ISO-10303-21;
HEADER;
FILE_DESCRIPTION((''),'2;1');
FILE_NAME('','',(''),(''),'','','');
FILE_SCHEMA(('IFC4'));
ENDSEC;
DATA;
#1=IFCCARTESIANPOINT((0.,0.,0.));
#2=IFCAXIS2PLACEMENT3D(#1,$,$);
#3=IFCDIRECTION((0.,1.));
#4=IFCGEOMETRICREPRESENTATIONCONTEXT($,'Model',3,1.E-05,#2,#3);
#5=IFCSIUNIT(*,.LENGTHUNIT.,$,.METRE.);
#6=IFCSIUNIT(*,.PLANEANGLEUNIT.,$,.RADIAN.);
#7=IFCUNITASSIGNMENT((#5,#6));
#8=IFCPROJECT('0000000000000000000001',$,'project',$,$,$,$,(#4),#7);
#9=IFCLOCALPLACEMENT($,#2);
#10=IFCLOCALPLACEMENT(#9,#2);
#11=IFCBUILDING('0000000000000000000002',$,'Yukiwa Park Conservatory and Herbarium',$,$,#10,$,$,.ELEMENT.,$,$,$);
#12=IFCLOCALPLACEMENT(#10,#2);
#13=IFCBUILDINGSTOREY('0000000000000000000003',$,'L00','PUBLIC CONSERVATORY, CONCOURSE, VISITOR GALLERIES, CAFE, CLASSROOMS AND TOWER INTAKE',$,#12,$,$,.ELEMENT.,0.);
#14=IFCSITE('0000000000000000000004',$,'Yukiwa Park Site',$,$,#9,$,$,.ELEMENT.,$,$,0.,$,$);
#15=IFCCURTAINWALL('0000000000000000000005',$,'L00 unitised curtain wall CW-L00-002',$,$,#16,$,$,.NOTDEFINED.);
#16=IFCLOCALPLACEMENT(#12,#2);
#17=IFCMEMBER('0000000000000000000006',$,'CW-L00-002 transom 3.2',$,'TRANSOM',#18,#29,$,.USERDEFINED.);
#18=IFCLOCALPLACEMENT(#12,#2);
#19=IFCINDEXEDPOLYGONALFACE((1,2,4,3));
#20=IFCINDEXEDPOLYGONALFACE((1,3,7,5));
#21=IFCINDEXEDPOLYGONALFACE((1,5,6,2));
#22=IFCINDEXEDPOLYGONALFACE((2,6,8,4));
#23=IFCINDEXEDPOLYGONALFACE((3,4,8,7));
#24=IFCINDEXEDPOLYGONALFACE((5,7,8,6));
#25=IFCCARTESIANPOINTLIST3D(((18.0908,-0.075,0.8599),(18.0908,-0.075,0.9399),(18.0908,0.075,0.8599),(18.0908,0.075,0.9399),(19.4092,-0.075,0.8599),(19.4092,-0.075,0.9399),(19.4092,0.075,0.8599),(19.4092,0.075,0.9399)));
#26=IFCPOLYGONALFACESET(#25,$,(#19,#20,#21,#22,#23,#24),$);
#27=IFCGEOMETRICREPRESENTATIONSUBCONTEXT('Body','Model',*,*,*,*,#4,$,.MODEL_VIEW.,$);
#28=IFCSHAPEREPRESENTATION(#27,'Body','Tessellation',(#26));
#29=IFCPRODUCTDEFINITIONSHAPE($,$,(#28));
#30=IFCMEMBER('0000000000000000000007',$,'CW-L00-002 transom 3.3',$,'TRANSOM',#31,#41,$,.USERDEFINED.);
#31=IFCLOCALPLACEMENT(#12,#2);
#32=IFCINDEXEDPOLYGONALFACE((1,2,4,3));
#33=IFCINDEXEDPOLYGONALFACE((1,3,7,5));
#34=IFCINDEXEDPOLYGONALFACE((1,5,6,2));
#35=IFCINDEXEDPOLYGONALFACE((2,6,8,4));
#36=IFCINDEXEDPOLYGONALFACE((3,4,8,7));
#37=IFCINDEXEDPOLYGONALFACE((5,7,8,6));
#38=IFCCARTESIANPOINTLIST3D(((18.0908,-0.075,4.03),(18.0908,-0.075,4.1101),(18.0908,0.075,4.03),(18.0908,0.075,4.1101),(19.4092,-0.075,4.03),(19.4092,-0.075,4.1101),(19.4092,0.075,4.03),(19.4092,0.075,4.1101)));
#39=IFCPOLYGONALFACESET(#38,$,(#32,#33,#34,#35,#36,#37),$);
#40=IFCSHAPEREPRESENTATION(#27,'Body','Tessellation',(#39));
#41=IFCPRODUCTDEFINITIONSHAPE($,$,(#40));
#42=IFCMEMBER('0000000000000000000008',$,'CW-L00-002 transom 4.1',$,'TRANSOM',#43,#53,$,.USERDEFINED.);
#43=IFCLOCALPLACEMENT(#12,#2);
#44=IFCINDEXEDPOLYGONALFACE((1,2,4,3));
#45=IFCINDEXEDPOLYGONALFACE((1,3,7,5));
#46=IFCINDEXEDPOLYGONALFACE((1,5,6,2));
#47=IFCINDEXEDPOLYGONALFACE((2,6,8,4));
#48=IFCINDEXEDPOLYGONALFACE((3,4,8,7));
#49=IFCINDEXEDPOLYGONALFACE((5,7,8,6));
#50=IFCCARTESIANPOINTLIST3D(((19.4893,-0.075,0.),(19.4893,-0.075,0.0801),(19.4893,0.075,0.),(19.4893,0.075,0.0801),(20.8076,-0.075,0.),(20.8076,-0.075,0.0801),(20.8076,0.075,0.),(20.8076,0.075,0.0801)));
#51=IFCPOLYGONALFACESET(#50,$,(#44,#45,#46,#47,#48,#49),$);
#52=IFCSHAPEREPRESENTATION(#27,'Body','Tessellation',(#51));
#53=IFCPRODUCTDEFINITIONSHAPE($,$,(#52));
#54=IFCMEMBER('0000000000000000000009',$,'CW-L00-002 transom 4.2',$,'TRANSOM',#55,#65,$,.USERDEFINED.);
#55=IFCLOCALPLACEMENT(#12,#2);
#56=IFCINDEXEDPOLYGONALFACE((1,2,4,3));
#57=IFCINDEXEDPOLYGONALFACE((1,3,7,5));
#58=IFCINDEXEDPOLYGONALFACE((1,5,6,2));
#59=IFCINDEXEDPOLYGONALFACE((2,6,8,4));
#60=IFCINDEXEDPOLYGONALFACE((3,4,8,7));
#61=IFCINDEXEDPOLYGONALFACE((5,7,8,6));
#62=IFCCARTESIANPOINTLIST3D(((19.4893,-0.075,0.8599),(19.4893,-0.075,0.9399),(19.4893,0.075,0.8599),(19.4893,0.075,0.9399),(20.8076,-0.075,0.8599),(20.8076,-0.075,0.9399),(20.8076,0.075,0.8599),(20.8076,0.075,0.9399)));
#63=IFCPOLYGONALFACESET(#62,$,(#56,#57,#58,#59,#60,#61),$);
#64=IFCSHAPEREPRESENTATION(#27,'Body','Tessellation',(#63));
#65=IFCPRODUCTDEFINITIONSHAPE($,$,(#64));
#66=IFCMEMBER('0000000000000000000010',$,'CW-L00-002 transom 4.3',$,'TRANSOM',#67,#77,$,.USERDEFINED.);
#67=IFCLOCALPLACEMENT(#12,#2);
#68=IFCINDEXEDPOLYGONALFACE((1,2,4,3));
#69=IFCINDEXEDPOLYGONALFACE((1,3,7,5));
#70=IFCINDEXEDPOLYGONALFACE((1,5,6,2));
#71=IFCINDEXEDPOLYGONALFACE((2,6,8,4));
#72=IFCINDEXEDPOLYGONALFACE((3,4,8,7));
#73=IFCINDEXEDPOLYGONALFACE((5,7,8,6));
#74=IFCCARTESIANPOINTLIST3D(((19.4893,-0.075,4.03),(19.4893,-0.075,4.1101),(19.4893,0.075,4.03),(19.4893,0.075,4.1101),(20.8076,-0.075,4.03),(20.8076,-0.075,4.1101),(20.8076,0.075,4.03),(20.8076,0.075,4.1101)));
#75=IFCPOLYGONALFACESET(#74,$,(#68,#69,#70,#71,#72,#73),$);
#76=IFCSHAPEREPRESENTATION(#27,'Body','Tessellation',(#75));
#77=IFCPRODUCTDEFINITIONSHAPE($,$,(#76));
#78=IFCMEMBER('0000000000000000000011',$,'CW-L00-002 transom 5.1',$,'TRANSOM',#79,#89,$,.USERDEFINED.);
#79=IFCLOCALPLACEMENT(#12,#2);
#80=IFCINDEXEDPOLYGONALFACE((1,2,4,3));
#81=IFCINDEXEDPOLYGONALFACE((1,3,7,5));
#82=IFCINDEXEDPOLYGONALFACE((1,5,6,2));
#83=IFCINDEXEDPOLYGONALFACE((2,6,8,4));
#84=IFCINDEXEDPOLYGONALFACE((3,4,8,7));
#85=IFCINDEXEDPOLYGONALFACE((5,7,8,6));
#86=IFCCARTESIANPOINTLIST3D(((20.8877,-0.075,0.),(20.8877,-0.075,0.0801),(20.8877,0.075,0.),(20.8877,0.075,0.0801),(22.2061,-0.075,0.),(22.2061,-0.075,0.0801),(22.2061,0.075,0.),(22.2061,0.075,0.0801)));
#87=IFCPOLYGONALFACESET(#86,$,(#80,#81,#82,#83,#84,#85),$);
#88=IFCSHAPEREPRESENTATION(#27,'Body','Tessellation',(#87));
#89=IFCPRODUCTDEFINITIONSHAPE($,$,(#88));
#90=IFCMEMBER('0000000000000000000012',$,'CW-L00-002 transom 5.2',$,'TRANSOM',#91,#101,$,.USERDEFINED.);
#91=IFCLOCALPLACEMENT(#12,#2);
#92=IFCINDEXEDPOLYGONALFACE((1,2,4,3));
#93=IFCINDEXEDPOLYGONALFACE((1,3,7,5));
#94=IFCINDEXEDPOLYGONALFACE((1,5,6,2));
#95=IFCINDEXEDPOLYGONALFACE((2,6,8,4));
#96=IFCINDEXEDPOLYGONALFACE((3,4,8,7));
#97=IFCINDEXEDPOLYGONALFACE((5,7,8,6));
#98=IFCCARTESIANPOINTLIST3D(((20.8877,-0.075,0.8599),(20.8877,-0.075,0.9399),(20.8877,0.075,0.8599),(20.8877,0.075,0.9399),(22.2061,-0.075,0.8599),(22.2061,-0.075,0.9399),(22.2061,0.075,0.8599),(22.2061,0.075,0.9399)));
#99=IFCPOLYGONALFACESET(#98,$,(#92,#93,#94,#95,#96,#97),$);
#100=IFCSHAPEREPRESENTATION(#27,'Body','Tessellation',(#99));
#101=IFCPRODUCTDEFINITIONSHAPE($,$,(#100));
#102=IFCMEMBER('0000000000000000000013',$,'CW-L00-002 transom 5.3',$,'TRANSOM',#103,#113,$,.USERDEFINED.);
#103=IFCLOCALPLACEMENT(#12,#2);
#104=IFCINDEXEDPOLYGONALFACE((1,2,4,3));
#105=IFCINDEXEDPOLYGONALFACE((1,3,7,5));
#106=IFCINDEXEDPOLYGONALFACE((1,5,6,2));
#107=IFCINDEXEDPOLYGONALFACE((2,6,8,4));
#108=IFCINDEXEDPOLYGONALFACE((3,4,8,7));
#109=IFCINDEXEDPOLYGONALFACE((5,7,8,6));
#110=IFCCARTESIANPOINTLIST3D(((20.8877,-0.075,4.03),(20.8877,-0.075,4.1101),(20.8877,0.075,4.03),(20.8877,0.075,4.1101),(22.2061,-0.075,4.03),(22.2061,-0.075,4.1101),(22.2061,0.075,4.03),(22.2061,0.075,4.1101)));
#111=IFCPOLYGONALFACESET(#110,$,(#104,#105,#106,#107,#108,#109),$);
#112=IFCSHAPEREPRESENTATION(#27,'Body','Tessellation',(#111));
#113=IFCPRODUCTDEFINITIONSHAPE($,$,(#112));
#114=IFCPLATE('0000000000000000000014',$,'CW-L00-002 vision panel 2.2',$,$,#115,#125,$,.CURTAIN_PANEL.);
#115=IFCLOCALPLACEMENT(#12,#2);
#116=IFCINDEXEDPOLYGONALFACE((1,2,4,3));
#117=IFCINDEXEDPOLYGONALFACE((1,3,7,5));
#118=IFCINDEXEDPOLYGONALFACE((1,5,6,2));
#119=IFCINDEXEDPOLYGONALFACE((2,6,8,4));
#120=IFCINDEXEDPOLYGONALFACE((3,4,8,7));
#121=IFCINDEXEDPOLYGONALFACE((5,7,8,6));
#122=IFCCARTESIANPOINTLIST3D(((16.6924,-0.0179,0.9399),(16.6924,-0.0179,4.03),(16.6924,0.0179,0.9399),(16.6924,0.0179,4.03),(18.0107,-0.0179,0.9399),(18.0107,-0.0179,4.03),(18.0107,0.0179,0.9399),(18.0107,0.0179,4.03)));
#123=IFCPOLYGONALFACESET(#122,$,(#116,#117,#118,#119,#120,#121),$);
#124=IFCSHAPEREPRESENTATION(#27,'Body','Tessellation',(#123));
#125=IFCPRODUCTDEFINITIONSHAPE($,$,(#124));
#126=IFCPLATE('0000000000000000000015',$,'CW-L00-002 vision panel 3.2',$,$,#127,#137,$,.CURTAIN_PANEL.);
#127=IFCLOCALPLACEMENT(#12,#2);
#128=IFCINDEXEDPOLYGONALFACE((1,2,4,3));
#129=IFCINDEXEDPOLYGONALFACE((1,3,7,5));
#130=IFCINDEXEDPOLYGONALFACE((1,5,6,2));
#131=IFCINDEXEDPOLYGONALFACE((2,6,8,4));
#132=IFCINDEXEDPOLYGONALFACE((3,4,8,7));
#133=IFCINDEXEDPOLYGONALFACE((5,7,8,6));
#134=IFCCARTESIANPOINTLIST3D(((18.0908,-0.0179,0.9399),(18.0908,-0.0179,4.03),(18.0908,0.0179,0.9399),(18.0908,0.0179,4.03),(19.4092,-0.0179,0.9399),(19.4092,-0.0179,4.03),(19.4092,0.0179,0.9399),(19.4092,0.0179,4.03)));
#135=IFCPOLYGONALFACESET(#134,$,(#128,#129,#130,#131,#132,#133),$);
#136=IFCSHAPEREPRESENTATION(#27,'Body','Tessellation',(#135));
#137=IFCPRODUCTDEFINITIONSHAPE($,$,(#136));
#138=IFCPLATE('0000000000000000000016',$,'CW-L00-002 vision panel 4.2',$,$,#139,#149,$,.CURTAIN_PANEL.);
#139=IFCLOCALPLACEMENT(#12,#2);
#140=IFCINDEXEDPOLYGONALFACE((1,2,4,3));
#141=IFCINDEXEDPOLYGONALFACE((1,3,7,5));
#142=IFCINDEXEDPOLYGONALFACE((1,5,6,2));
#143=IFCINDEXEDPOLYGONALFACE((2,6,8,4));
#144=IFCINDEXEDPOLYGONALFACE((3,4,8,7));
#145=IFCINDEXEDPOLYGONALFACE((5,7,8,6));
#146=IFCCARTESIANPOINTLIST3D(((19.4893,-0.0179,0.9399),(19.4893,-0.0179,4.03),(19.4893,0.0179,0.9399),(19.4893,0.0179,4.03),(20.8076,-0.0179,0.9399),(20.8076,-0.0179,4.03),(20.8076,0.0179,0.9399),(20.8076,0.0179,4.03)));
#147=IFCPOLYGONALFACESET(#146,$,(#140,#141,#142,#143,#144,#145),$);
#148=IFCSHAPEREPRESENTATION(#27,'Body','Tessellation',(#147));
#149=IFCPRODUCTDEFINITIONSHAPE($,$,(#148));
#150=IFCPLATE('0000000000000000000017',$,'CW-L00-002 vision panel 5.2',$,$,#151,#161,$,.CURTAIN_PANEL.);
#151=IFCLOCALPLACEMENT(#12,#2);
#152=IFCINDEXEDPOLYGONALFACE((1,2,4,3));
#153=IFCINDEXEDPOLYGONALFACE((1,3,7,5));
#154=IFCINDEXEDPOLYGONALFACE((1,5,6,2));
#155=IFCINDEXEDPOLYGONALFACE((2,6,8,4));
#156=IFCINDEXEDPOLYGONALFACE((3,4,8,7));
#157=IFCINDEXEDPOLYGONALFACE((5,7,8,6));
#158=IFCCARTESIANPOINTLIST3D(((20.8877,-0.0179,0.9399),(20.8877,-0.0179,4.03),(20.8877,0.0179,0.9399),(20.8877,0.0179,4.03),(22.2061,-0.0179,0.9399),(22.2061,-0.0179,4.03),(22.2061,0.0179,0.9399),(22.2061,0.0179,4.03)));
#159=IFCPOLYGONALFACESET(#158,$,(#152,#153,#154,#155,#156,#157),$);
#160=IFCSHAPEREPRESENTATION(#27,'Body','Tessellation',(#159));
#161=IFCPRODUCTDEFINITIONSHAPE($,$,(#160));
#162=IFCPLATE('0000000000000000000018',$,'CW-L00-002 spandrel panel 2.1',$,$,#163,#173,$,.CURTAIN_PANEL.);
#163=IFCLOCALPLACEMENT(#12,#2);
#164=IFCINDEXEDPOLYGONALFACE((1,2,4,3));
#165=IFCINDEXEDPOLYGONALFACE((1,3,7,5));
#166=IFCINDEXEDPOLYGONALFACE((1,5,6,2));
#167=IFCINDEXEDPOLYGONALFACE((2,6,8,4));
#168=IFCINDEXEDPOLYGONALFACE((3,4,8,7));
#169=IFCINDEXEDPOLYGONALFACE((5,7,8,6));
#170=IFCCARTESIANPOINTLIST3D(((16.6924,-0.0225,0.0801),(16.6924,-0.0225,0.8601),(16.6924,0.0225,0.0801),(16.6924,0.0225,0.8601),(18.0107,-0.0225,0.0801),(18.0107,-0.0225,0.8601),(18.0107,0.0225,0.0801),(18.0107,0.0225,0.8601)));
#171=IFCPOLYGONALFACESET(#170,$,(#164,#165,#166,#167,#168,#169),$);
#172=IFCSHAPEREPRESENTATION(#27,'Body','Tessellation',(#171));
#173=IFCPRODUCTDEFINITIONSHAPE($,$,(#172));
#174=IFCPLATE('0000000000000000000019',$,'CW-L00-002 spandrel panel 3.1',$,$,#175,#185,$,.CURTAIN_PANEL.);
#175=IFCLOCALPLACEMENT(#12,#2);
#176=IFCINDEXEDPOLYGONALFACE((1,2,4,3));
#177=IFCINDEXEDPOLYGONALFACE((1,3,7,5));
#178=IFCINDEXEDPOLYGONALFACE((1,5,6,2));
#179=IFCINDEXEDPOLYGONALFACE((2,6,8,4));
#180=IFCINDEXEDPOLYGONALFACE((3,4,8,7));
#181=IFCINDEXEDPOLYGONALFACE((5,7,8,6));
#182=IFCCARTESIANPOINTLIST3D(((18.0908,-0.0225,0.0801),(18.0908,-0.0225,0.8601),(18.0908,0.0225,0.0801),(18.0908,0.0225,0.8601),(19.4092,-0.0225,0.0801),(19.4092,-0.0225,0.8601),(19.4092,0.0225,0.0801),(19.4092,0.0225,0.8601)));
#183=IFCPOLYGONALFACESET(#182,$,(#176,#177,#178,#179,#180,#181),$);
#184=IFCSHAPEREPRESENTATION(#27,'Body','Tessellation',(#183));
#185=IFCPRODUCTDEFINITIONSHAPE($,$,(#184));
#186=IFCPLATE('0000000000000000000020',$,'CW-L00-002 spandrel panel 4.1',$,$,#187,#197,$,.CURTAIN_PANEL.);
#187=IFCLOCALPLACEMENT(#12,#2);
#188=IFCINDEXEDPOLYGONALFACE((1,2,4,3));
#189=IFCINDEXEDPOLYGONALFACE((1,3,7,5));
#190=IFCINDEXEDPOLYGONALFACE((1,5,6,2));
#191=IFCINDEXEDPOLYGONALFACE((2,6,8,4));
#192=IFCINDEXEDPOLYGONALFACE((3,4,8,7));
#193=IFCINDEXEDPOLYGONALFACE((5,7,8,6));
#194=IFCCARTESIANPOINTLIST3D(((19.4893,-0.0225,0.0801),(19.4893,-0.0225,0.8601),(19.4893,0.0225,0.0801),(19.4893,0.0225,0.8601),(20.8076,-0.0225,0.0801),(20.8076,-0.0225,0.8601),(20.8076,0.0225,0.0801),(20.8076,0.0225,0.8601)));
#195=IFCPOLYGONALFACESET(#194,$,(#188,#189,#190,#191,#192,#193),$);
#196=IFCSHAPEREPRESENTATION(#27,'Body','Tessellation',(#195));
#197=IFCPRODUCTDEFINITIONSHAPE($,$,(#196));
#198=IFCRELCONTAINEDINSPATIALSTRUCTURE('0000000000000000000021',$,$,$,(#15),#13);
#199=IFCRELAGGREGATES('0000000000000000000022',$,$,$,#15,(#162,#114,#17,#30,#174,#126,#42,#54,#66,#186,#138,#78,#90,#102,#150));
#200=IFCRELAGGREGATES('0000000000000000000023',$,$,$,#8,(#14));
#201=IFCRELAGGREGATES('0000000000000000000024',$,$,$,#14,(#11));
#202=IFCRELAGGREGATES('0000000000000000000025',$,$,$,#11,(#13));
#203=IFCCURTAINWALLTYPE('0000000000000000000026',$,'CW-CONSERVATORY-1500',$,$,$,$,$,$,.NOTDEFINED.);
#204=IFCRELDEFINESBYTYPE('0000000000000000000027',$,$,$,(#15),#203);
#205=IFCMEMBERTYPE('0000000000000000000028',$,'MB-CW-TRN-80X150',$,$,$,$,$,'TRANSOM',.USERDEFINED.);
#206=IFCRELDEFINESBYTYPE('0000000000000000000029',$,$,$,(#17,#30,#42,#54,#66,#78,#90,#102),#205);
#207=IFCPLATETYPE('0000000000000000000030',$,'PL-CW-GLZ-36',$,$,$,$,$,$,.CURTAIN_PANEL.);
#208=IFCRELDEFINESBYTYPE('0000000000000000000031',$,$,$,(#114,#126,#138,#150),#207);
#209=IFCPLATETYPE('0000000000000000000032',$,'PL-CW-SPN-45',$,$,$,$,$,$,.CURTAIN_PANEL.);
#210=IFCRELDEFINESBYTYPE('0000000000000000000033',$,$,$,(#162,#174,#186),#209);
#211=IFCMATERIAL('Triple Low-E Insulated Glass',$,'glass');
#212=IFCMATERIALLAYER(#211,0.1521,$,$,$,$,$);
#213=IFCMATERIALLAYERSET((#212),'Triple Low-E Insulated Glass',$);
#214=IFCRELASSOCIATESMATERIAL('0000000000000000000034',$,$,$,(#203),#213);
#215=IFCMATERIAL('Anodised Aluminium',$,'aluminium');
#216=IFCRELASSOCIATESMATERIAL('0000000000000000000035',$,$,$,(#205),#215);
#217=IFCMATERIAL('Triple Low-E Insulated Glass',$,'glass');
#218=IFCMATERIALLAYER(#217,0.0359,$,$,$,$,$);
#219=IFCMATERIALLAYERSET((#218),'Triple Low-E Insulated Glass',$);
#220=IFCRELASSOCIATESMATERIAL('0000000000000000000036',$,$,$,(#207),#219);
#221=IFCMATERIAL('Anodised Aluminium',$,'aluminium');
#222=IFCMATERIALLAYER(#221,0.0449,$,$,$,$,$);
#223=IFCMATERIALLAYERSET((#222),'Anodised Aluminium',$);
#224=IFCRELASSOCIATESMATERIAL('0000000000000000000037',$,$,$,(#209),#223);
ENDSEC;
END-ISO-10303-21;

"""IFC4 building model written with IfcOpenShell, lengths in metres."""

from ifc_helpers import new_model, si_unit, direction, frame, origin, origin_2d, place, context, subcontext, project, spatial, rectangle, extrude, material, layer, layer_set, type_object, element, aggregate, save


model = new_model("IFC4")

# Units and contexts
model_context = context("Model", 3, precision=1e-05, world=origin(), true_north=direction((0.0, 1.0)))
body_context = subcontext(model_context, "Body", "Model", "MODEL_VIEW")
ifc_project = project(units=[si_unit("LENGTHUNIT", "METRE"), si_unit("PLANEANGLEUNIT", "RADIAN")], contexts=[model_context])

# Site, building, storey
site_placement = place(None, origin())
site = spatial("IfcSite", under=ifc_project, at=site_placement, Name="Yukiwa Park Site", CompositionType="ELEMENT", RefElevation=0.0)
building_placement = place(site_placement, origin())
building = spatial("IfcBuilding", under=site, at=building_placement, Name="Yukiwa Park Conservatory and Herbarium", CompositionType="ELEMENT")
storey_placement = place(building_placement, origin())
storey = spatial("IfcBuildingStorey", under=building, at=storey_placement, Name="L00", Description="PUBLIC CONSERVATORY, CONCOURSE, VISITOR GALLERIES, CAFE, CLASSROOMS AND TOWER INTAKE", CompositionType="ELEMENT", Elevation=0.0)

# Curtain wall, members, plates
ifc_material_1 = material(Name="Triple Low-E Insulated Glass", Category="glass")
ifc_layer_1 = layer(ifc_material_1, 0.1521)
ifc_layer_set_1 = layer_set([ifc_layer_1], Name="Triple Low-E Insulated Glass")
curtain_wall_type = type_object("IfcCurtainWallType", Name="CW-CONSERVATORY-1500", PredefinedType="NOTDEFINED", material=ifc_layer_set_1)
curtain_wall_placement = place(storey_placement, origin())
curtain_wall = element("IfcCurtainWall", 1, at=curtain_wall_placement, inside=storey, type_object=curtain_wall_type, Name="L00 unitised curtain wall CW-L00-002", PredefinedType="NOTDEFINED")
ifc_material_2 = material(Name="Anodised Aluminium", Category="aluminium")
member_type_1 = type_object("IfcMemberType", Name="MB-CW-TRN-80X150", ElementType="TRANSOM", PredefinedType="USERDEFINED", material=ifc_material_2)
member_1_placement = place(storey_placement, frame((18.75, 0.0, 0.8599), z_axis=(0.0, 0.0, 1.0), x_axis=(1.0, 0.0, 0.0)))
member_1 = element("IfcMember", 2, at=member_1_placement, type_object=member_type_1, Name="CW-L00-002 transom 3.2", ObjectType="TRANSOM", PredefinedType="USERDEFINED", context=body_context, shape_type="SweptSolid", body=[
    extrude(rectangle(XDim=1.3184, YDim=0.1499, at=origin_2d()), origin(), (0.0, 0.0, 1.0), 0.0801),
])
member_2_placement = place(storey_placement, frame((18.75, 0.0, 4.03), z_axis=(0.0, 0.0, 1.0), x_axis=(1.0, 0.0, 0.0)))
member_2 = element("IfcMember", 3, at=member_2_placement, type_object=member_type_1, Name="CW-L00-002 transom 3.3", ObjectType="TRANSOM", PredefinedType="USERDEFINED", context=body_context, shape_type="SweptSolid", body=[
    extrude(rectangle(XDim=1.3184, YDim=0.1499, at=origin_2d()), origin(), (0.0, 0.0, 1.0), 0.0801),
])
member_3_placement = place(storey_placement, frame((20.1484, 0.0, 0.0), z_axis=(0.0, 0.0, 1.0), x_axis=(1.0, 0.0, 0.0)))
member_3 = element("IfcMember", 4, at=member_3_placement, type_object=member_type_1, Name="CW-L00-002 transom 4.1", ObjectType="TRANSOM", PredefinedType="USERDEFINED", context=body_context, shape_type="SweptSolid", body=[
    extrude(rectangle(XDim=1.3184, YDim=0.1499, at=origin_2d()), origin(), (0.0, 0.0, 1.0), 0.0801),
])
member_4_placement = place(storey_placement, frame((20.1484, 0.0, 0.8599), z_axis=(0.0, 0.0, 1.0), x_axis=(1.0, 0.0, 0.0)))
member_4 = element("IfcMember", 5, at=member_4_placement, type_object=member_type_1, Name="CW-L00-002 transom 4.2", ObjectType="TRANSOM", PredefinedType="USERDEFINED", context=body_context, shape_type="SweptSolid", body=[
    extrude(rectangle(XDim=1.3184, YDim=0.1499, at=origin_2d()), origin(), (0.0, 0.0, 1.0), 0.0801),
])
member_5_placement = place(storey_placement, frame((20.1484, 0.0, 4.03), z_axis=(0.0, 0.0, 1.0), x_axis=(1.0, 0.0, 0.0)))
member_5 = element("IfcMember", 6, at=member_5_placement, type_object=member_type_1, Name="CW-L00-002 transom 4.3", ObjectType="TRANSOM", PredefinedType="USERDEFINED", context=body_context, shape_type="SweptSolid", body=[
    extrude(rectangle(XDim=1.3184, YDim=0.1499, at=origin_2d()), origin(), (0.0, 0.0, 1.0), 0.0801),
])
member_6_placement = place(storey_placement, frame((21.5469, 0.0, 0.0), z_axis=(0.0, 0.0, 1.0), x_axis=(1.0, 0.0, 0.0)))
member_6 = element("IfcMember", 7, at=member_6_placement, type_object=member_type_1, Name="CW-L00-002 transom 5.1", ObjectType="TRANSOM", PredefinedType="USERDEFINED", context=body_context, shape_type="SweptSolid", body=[
    extrude(rectangle(XDim=1.3184, YDim=0.1499, at=origin_2d()), origin(), (0.0, 0.0, 1.0), 0.0801),
])
member_7_placement = place(storey_placement, frame((21.5469, 0.0, 0.8599), z_axis=(0.0, 0.0, 1.0), x_axis=(1.0, 0.0, 0.0)))
member_7 = element("IfcMember", 8, at=member_7_placement, type_object=member_type_1, Name="CW-L00-002 transom 5.2", ObjectType="TRANSOM", PredefinedType="USERDEFINED", context=body_context, shape_type="SweptSolid", body=[
    extrude(rectangle(XDim=1.3184, YDim=0.1499, at=origin_2d()), origin(), (0.0, 0.0, 1.0), 0.0801),
])
member_8_placement = place(storey_placement, frame((21.5469, 0.0, 4.03), z_axis=(0.0, 0.0, 1.0), x_axis=(1.0, 0.0, 0.0)))
member_8 = element("IfcMember", 9, at=member_8_placement, type_object=member_type_1, Name="CW-L00-002 transom 5.3", ObjectType="TRANSOM", PredefinedType="USERDEFINED", context=body_context, shape_type="SweptSolid", body=[
    extrude(rectangle(XDim=1.3184, YDim=0.1499, at=origin_2d()), origin(), (0.0, 0.0, 1.0), 0.0801),
])
ifc_material_3 = material(Name="Triple Low-E Insulated Glass", Category="glass")
ifc_layer_2 = layer(ifc_material_3, 0.0359)
ifc_layer_set_2 = layer_set([ifc_layer_2], Name="Triple Low-E Insulated Glass")
plate_type_1 = type_object("IfcPlateType", Name="PL-CW-GLZ-36", PredefinedType="CURTAIN_PANEL", material=ifc_layer_set_2)
plate_1_placement = place(storey_placement, frame((17.3516, 0.0, 0.9399), z_axis=(0.0, 0.0, 1.0), x_axis=(1.0, 0.0, 0.0)))
plate_1 = element("IfcPlate", 10, at=plate_1_placement, type_object=plate_type_1, Name="CW-L00-002 vision panel 2.2", PredefinedType="CURTAIN_PANEL", context=body_context, shape_type="SweptSolid", body=[
    extrude(rectangle(XDim=1.3184, YDim=0.0359, at=origin_2d()), origin(), (0.0, 0.0, 1.0), 3.0901),
])
plate_2_placement = place(storey_placement, frame((18.75, 0.0, 0.9399), z_axis=(0.0, 0.0, 1.0), x_axis=(1.0, 0.0, 0.0)))
plate_2 = element("IfcPlate", 11, at=plate_2_placement, type_object=plate_type_1, Name="CW-L00-002 vision panel 3.2", PredefinedType="CURTAIN_PANEL", context=body_context, shape_type="SweptSolid", body=[
    extrude(rectangle(XDim=1.3184, YDim=0.0359, at=origin_2d()), origin(), (0.0, 0.0, 1.0), 3.0901),
])
plate_3_placement = place(storey_placement, frame((20.1484, 0.0, 0.9399), z_axis=(0.0, 0.0, 1.0), x_axis=(1.0, 0.0, 0.0)))
plate_3 = element("IfcPlate", 12, at=plate_3_placement, type_object=plate_type_1, Name="CW-L00-002 vision panel 4.2", PredefinedType="CURTAIN_PANEL", context=body_context, shape_type="SweptSolid", body=[
    extrude(rectangle(XDim=1.3184, YDim=0.0359, at=origin_2d()), origin(), (0.0, 0.0, 1.0), 3.0901),
])
plate_4_placement = place(storey_placement, frame((21.5469, 0.0, 0.9399), z_axis=(0.0, 0.0, 1.0), x_axis=(1.0, 0.0, 0.0)))
plate_4 = element("IfcPlate", 13, at=plate_4_placement, type_object=plate_type_1, Name="CW-L00-002 vision panel 5.2", PredefinedType="CURTAIN_PANEL", context=body_context, shape_type="SweptSolid", body=[
    extrude(rectangle(XDim=1.3184, YDim=0.0359, at=origin_2d()), origin(), (0.0, 0.0, 1.0), 3.0901),
])
ifc_material_4 = material(Name="Anodised Aluminium", Category="aluminium")
ifc_layer_3 = layer(ifc_material_4, 0.0449)
ifc_layer_set_3 = layer_set([ifc_layer_3], Name="Anodised Aluminium")
plate_type_2 = type_object("IfcPlateType", Name="PL-CW-SPN-45", PredefinedType="CURTAIN_PANEL", material=ifc_layer_set_3)
plate_5_placement = place(storey_placement, frame((17.3516, 0.0, 0.0801), z_axis=(0.0, 0.0, 1.0), x_axis=(1.0, 0.0, 0.0)))
plate_5 = element("IfcPlate", 14, at=plate_5_placement, type_object=plate_type_2, Name="CW-L00-002 spandrel panel 2.1", PredefinedType="CURTAIN_PANEL", context=body_context, shape_type="SweptSolid", body=[
    extrude(rectangle(XDim=1.3184, YDim=0.0449, at=origin_2d()), origin(), (0.0, 0.0, 1.0), 0.78),
])
plate_6_placement = place(storey_placement, frame((18.75, 0.0, 0.0801), z_axis=(0.0, 0.0, 1.0), x_axis=(1.0, 0.0, 0.0)))
plate_6 = element("IfcPlate", 15, at=plate_6_placement, type_object=plate_type_2, Name="CW-L00-002 spandrel panel 3.1", PredefinedType="CURTAIN_PANEL", context=body_context, shape_type="SweptSolid", body=[
    extrude(rectangle(XDim=1.3184, YDim=0.0449, at=origin_2d()), origin(), (0.0, 0.0, 1.0), 0.78),
])
plate_7_placement = place(storey_placement, frame((20.1484, 0.0, 0.0801), z_axis=(0.0, 0.0, 1.0), x_axis=(1.0, 0.0, 0.0)))
plate_7 = element("IfcPlate", 16, at=plate_7_placement, type_object=plate_type_2, Name="CW-L00-002 spandrel panel 4.1", PredefinedType="CURTAIN_PANEL", context=body_context, shape_type="SweptSolid", body=[
    extrude(rectangle(XDim=1.3184, YDim=0.0449, at=origin_2d()), origin(), (0.0, 0.0, 1.0), 0.78),
])
aggregate(curtain_wall, [plate_5, plate_1, member_1, member_2, plate_6, plate_2, member_3, member_4, member_5, plate_7, plate_3, member_6, member_7, member_8, plate_4])

save(model, "model.ifc")
